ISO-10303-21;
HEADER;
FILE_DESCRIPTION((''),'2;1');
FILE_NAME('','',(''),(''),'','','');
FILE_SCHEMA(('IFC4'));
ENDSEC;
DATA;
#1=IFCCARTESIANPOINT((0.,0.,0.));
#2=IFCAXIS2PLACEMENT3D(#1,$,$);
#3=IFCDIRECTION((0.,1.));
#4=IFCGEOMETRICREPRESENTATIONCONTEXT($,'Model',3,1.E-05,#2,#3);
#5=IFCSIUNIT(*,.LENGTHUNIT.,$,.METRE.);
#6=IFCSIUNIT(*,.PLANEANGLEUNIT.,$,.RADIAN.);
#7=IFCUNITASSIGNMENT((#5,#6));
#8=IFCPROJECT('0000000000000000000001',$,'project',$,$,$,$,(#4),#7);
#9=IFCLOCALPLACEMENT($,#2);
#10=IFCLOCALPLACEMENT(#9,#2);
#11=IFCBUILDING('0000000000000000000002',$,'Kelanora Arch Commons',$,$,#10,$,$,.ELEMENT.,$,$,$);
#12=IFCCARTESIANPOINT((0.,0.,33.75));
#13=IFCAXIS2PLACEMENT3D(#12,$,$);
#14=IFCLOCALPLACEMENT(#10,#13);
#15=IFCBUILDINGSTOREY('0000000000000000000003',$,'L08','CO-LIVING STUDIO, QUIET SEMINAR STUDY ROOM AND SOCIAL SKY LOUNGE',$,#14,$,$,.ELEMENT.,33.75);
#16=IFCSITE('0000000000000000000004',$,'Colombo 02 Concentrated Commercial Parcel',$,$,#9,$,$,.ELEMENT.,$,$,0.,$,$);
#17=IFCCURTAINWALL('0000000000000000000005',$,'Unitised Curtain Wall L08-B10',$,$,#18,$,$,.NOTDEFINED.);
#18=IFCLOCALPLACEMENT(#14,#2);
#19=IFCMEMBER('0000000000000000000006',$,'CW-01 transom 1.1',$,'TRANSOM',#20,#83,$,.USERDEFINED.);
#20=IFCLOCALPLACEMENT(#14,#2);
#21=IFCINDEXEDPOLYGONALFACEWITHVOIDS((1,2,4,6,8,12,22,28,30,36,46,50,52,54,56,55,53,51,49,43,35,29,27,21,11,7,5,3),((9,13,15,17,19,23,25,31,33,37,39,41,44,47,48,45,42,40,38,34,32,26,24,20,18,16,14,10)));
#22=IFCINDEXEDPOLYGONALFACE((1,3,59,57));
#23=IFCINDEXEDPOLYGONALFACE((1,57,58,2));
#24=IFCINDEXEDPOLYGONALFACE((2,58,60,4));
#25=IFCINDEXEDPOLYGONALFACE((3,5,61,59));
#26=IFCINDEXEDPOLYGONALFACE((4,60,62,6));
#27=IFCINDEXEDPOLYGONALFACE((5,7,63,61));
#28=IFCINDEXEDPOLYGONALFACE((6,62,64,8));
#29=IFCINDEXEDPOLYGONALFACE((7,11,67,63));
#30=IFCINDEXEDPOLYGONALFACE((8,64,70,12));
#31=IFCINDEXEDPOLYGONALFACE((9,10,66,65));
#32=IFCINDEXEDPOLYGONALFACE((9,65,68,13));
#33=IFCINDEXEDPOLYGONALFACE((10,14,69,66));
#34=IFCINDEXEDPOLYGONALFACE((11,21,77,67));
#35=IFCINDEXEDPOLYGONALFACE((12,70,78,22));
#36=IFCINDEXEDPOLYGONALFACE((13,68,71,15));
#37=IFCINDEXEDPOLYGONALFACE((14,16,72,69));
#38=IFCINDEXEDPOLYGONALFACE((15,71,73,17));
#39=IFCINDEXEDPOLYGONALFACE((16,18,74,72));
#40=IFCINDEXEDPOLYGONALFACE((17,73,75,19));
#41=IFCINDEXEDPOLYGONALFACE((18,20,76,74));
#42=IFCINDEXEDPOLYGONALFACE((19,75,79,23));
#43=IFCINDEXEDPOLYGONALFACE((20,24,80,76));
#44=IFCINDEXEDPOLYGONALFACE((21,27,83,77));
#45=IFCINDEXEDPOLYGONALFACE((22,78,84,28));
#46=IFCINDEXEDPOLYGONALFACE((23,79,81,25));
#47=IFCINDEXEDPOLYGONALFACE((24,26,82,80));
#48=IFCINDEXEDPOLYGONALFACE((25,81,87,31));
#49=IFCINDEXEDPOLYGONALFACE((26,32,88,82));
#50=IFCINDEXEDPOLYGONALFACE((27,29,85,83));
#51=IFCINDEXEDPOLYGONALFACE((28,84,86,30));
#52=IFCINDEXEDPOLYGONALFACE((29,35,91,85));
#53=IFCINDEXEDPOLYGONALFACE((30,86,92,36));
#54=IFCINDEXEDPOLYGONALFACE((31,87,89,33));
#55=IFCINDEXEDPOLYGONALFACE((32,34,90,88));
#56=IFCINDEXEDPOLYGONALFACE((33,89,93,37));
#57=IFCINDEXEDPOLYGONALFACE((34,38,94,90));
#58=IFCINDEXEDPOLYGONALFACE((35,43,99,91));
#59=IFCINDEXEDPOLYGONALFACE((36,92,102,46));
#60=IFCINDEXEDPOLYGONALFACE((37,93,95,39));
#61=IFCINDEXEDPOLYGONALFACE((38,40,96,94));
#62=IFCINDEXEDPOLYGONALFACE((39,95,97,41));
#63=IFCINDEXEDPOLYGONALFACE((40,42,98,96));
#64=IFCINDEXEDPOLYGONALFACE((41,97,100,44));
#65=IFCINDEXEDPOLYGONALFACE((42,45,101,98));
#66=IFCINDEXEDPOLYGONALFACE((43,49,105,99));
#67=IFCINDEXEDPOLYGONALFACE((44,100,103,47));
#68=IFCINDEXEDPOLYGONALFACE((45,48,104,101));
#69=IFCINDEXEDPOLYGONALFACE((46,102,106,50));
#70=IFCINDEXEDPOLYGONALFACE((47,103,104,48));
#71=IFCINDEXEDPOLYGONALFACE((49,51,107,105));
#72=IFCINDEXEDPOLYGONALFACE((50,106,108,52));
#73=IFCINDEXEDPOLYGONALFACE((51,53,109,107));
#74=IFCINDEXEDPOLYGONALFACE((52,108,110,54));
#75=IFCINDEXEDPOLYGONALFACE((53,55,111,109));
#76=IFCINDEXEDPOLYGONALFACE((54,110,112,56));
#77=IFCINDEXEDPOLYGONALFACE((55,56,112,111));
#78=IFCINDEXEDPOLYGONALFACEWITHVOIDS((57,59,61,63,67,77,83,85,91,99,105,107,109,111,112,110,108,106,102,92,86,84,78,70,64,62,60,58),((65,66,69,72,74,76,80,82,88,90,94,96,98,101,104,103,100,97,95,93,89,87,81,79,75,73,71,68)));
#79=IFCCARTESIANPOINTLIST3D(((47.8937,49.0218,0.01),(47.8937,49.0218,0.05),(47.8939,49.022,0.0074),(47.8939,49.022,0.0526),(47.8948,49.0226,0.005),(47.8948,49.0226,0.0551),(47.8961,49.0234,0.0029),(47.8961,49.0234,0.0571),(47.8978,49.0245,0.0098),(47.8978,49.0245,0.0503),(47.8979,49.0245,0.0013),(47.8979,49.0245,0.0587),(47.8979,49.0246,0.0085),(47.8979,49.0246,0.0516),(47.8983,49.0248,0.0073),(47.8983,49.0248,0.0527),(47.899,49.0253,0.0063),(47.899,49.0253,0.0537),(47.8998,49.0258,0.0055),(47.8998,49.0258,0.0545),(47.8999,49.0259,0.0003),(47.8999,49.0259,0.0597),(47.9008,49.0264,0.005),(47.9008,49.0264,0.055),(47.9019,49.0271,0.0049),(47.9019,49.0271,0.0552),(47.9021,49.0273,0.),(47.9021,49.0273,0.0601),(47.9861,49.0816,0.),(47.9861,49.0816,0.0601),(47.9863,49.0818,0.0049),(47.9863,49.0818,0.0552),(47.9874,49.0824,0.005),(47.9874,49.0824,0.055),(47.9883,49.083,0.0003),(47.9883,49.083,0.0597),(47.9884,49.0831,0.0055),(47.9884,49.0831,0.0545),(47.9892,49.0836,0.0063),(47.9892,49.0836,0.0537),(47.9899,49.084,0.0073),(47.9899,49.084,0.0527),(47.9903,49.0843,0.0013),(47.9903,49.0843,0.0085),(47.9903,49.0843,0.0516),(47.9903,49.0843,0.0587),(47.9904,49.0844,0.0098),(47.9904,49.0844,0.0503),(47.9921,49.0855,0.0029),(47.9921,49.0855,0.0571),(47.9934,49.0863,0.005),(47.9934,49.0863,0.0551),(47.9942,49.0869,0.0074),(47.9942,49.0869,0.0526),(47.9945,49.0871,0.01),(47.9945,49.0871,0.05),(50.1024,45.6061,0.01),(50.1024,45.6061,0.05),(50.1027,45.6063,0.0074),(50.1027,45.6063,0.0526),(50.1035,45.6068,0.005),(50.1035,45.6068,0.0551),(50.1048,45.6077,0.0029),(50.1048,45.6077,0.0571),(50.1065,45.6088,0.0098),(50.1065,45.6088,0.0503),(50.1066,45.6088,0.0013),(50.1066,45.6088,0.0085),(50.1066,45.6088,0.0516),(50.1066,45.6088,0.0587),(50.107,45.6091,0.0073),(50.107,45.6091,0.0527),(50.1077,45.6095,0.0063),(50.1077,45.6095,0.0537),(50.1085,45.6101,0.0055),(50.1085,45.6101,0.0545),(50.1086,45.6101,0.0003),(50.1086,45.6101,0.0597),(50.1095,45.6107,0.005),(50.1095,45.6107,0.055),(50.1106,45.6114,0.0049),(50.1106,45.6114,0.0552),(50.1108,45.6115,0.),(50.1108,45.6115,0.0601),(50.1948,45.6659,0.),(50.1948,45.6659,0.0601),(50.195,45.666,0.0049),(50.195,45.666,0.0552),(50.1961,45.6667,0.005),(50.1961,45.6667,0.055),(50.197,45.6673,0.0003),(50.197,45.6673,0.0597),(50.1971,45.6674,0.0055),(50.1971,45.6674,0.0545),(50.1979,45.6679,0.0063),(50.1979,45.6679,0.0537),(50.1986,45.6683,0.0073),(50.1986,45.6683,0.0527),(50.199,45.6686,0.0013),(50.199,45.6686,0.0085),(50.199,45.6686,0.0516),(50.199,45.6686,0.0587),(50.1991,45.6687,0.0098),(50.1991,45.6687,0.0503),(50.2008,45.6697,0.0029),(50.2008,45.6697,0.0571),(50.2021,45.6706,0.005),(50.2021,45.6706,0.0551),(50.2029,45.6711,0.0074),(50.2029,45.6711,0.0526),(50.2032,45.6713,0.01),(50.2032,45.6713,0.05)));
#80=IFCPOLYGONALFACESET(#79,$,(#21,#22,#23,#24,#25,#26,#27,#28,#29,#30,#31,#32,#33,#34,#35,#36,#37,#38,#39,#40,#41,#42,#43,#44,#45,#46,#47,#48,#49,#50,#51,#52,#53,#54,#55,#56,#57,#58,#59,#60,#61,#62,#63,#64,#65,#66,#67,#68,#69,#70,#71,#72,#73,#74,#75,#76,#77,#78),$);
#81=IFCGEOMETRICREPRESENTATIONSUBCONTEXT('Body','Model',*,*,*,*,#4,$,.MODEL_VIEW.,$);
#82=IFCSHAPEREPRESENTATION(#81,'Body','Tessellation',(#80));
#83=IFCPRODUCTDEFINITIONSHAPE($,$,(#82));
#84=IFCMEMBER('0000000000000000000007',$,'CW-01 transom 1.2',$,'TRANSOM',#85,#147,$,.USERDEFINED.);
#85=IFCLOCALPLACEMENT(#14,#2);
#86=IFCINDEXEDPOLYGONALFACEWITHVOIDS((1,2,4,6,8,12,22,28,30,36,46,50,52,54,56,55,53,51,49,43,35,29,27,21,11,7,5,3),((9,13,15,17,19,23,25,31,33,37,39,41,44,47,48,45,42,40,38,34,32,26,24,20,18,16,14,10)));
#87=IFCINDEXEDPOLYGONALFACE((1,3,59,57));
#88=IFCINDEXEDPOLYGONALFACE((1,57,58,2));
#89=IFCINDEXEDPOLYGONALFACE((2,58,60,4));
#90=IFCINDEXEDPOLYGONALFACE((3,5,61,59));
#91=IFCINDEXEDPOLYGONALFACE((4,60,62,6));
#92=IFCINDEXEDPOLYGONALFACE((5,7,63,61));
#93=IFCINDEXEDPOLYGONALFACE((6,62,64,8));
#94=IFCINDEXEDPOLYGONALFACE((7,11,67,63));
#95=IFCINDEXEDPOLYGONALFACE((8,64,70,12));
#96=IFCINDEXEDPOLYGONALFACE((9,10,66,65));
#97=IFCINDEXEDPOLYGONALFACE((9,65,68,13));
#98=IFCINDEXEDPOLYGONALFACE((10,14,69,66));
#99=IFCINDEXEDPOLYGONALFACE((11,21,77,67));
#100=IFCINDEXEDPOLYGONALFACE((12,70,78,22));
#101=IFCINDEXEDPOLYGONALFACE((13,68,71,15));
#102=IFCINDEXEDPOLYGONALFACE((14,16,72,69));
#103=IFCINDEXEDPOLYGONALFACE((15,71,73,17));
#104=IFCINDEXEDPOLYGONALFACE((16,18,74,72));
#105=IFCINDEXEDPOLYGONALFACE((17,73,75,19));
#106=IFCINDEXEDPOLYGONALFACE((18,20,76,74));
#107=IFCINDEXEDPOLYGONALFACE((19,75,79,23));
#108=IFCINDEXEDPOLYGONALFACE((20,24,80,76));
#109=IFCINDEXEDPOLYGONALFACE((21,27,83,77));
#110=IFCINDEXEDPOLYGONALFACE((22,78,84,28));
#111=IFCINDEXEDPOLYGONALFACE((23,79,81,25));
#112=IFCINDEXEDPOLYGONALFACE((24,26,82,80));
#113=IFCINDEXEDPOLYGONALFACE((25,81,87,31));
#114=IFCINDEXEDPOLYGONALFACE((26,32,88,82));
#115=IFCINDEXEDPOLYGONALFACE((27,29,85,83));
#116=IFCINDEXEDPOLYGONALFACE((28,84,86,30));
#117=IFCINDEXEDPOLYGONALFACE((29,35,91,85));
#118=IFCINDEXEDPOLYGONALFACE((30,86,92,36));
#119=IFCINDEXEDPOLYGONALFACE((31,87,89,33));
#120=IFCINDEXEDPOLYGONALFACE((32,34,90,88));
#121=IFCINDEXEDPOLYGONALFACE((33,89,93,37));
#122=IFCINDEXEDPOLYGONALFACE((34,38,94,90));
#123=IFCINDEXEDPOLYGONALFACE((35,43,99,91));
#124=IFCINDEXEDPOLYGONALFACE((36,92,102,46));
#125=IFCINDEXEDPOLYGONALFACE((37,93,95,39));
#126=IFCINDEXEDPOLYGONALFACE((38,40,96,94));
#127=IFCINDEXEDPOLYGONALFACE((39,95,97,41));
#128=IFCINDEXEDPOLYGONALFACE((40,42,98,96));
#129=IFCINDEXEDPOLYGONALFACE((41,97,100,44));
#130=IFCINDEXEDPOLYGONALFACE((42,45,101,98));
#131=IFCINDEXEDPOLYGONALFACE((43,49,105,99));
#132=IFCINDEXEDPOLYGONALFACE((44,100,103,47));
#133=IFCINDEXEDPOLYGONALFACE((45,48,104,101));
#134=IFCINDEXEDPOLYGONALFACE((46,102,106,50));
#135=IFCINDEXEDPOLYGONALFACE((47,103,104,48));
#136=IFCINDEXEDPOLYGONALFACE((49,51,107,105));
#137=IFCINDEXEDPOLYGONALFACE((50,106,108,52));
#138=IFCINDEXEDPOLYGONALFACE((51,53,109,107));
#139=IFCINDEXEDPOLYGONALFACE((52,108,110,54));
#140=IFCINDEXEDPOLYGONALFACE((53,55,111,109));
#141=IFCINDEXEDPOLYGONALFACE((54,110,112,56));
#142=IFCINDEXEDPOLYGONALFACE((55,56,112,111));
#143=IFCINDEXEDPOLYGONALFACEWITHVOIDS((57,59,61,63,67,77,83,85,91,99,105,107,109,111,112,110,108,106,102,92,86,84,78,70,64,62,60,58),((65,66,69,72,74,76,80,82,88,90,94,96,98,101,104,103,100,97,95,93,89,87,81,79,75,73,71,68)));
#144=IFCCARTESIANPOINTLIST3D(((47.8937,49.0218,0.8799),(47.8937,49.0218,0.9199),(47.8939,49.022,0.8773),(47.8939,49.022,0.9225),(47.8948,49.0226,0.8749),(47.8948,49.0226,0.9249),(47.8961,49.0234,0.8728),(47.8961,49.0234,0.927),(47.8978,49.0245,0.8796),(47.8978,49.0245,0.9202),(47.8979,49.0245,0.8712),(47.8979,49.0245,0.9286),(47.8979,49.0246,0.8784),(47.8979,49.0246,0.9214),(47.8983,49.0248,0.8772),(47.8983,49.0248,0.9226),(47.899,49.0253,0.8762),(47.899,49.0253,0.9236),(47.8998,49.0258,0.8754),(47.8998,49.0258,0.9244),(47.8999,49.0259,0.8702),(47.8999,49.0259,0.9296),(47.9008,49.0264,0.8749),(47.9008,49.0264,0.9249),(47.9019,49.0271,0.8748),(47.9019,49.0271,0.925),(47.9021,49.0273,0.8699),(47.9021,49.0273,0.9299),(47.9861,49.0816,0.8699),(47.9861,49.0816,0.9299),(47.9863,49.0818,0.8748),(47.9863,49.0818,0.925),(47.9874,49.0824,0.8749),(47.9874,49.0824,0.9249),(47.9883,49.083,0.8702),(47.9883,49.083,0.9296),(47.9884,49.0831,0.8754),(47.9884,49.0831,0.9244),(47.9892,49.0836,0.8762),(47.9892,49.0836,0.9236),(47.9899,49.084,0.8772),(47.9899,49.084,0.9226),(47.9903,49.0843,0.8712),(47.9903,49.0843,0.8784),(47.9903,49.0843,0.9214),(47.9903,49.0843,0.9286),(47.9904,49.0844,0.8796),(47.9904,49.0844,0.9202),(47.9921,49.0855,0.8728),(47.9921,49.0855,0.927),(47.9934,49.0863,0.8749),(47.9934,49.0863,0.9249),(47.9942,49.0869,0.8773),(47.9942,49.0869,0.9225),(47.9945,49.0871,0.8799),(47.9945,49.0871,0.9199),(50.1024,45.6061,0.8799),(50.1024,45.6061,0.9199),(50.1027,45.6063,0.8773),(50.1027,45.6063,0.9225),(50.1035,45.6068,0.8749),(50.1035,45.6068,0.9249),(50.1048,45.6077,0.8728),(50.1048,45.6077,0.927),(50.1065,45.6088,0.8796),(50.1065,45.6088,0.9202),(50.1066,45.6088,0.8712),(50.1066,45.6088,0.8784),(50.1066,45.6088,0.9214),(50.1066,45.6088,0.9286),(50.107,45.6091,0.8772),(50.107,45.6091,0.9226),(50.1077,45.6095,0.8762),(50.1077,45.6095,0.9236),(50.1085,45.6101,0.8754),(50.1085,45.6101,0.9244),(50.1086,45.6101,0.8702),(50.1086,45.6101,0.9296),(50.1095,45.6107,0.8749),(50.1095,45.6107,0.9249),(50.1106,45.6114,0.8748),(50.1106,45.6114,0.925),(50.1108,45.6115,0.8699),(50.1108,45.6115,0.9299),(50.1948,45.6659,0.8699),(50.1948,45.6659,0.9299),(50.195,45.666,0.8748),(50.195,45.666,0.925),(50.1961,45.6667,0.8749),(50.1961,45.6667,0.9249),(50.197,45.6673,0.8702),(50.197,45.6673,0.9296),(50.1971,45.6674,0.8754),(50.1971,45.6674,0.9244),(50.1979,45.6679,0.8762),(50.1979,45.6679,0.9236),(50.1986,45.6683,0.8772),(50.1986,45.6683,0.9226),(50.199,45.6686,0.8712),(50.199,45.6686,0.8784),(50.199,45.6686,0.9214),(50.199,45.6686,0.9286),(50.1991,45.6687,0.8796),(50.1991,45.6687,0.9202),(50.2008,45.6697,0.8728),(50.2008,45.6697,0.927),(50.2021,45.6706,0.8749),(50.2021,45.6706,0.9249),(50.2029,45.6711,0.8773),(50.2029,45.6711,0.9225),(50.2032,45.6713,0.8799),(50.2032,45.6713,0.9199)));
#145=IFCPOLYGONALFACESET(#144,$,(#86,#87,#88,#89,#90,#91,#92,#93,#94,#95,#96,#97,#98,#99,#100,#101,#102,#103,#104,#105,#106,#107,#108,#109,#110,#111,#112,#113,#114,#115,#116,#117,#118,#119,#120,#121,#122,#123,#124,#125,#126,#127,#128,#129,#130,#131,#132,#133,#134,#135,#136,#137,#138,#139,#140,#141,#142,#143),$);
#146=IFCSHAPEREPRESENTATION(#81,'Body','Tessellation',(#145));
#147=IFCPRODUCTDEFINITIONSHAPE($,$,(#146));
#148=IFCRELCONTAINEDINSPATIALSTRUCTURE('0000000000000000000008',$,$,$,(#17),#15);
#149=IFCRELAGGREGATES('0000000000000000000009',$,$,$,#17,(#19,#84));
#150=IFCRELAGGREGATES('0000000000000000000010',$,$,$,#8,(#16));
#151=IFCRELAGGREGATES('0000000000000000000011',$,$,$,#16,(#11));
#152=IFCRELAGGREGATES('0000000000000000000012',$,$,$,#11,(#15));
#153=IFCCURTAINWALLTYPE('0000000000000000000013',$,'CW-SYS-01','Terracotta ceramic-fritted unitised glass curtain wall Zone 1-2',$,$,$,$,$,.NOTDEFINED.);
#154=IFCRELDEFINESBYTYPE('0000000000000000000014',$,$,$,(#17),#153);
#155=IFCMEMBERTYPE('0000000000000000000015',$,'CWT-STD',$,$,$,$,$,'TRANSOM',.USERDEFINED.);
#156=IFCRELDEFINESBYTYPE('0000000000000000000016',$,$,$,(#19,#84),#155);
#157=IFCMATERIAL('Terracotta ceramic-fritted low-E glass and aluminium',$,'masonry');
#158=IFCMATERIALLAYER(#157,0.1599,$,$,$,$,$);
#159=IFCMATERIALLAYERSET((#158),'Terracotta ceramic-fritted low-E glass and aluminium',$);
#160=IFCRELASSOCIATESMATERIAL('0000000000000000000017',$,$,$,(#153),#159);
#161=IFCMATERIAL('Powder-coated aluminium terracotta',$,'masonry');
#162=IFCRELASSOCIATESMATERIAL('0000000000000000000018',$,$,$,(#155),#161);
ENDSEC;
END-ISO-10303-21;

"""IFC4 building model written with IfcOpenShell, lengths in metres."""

from ifc_helpers import new_model, si_unit, direction, frame, origin, origin_2d, place, context, subcontext, project, spatial, hollow_rectangle, extrude, material, layer, layer_set, material_profile, profile_set, type_object, element, aggregate, save


model = new_model("IFC4")

# Units and contexts
model_context = context("Model", 3, precision=1e-05, world=origin(), true_north=direction((0.0, 1.0)))
body_context = subcontext(model_context, "Body", "Model", "MODEL_VIEW")
ifc_project = project(units=[si_unit("LENGTHUNIT", "METRE"), si_unit("PLANEANGLEUNIT", "RADIAN")], contexts=[model_context])

# Site, building, storey
site_placement = place(None, origin())
site = spatial("IfcSite", under=ifc_project, at=site_placement, Name="Colombo 02 Concentrated Commercial Parcel", CompositionType="ELEMENT", RefElevation=0.0)
building_placement = place(site_placement, origin())
building = spatial("IfcBuilding", under=site, at=building_placement, Name="Kelanora Arch Commons", CompositionType="ELEMENT")
storey_placement = place(building_placement, frame((0.0, 0.0, 33.75)))
storey = spatial("IfcBuildingStorey", under=building, at=storey_placement, Name="L08", Description="CO-LIVING STUDIO, QUIET SEMINAR STUDY ROOM AND SOCIAL SKY LOUNGE", CompositionType="ELEMENT", Elevation=33.75)

# Curtain wall, members
ifc_material_1 = material(Name="Terracotta ceramic-fritted low-E glass and aluminium", Category="masonry")
ifc_layer_1 = layer(ifc_material_1, 0.1599)
ifc_layer_set_1 = layer_set([ifc_layer_1], Name="Terracotta ceramic-fritted low-E glass and aluminium")
curtain_wall_type = type_object("IfcCurtainWallType", Name="CW-SYS-01", Description="Terracotta ceramic-fritted unitised glass curtain wall Zone 1-2", PredefinedType="NOTDEFINED", material=ifc_layer_set_1)
curtain_wall_placement = place(storey_placement, origin())
curtain_wall = element("IfcCurtainWall", 1, at=curtain_wall_placement, inside=storey, type_object=curtain_wall_type, Name="Unitised Curtain Wall L08-B10", PredefinedType="NOTDEFINED")
ifc_material_2 = material(Name="Powder-coated aluminium terracotta", Category="masonry")
ifc_material_profile_1 = material_profile(ifc_material_2, hollow_rectangle(XDim=0.1201, YDim=0.0601, WallThickness=0.0049, InnerFilletRadius=0.0049, OuterFilletRadius=0.01, at=origin_2d()), Name="CWT120x60")
ifc_profile_set_1 = profile_set([ifc_material_profile_1], Name="Powder-coated aluminium terracotta")
member_type_1 = type_object("IfcMemberType", Name="CWT-STD", ElementType="TRANSOM", PredefinedType="USERDEFINED", material=ifc_profile_set_1)
member_1_placement = place(storey_placement, frame((47.9441, 49.0544, 0.03), z_axis=(0.542997, -0.839734, 0.0), x_axis=(0.839734, 0.542997, 0.0)))
member_1 = element("IfcMember", 2, at=member_1_placement, type_object=member_type_1, Name="CW-01 transom 1.1", ObjectType="TRANSOM", PredefinedType="USERDEFINED", context=body_context, shape_type="SweptSolid", body=[
    extrude(hollow_rectangle(XDim=0.1201, YDim=0.0601, WallThickness=0.0049, InnerFilletRadius=0.0049, OuterFilletRadius=0.01, at=origin_2d()), origin(), (0.0, 0.0, 1.0), 4.0676),
])
member_2_placement = place(storey_placement, frame((47.9441, 49.0544, 0.8999), z_axis=(0.542997, -0.839734, 0.0), x_axis=(0.839734, 0.542997, 0.0)))
member_2 = element("IfcMember", 3, at=member_2_placement, type_object=member_type_1, Name="CW-01 transom 1.2", ObjectType="TRANSOM", PredefinedType="USERDEFINED", context=body_context, shape_type="SweptSolid", body=[
    extrude(hollow_rectangle(XDim=0.1201, YDim=0.0601, WallThickness=0.0049, InnerFilletRadius=0.0049, OuterFilletRadius=0.01, at=origin_2d()), origin(), (0.0, 0.0, 1.0), 4.0676),
])

aggregate(curtain_wall, [member_1, member_2])

save(model, "model.ifc")
